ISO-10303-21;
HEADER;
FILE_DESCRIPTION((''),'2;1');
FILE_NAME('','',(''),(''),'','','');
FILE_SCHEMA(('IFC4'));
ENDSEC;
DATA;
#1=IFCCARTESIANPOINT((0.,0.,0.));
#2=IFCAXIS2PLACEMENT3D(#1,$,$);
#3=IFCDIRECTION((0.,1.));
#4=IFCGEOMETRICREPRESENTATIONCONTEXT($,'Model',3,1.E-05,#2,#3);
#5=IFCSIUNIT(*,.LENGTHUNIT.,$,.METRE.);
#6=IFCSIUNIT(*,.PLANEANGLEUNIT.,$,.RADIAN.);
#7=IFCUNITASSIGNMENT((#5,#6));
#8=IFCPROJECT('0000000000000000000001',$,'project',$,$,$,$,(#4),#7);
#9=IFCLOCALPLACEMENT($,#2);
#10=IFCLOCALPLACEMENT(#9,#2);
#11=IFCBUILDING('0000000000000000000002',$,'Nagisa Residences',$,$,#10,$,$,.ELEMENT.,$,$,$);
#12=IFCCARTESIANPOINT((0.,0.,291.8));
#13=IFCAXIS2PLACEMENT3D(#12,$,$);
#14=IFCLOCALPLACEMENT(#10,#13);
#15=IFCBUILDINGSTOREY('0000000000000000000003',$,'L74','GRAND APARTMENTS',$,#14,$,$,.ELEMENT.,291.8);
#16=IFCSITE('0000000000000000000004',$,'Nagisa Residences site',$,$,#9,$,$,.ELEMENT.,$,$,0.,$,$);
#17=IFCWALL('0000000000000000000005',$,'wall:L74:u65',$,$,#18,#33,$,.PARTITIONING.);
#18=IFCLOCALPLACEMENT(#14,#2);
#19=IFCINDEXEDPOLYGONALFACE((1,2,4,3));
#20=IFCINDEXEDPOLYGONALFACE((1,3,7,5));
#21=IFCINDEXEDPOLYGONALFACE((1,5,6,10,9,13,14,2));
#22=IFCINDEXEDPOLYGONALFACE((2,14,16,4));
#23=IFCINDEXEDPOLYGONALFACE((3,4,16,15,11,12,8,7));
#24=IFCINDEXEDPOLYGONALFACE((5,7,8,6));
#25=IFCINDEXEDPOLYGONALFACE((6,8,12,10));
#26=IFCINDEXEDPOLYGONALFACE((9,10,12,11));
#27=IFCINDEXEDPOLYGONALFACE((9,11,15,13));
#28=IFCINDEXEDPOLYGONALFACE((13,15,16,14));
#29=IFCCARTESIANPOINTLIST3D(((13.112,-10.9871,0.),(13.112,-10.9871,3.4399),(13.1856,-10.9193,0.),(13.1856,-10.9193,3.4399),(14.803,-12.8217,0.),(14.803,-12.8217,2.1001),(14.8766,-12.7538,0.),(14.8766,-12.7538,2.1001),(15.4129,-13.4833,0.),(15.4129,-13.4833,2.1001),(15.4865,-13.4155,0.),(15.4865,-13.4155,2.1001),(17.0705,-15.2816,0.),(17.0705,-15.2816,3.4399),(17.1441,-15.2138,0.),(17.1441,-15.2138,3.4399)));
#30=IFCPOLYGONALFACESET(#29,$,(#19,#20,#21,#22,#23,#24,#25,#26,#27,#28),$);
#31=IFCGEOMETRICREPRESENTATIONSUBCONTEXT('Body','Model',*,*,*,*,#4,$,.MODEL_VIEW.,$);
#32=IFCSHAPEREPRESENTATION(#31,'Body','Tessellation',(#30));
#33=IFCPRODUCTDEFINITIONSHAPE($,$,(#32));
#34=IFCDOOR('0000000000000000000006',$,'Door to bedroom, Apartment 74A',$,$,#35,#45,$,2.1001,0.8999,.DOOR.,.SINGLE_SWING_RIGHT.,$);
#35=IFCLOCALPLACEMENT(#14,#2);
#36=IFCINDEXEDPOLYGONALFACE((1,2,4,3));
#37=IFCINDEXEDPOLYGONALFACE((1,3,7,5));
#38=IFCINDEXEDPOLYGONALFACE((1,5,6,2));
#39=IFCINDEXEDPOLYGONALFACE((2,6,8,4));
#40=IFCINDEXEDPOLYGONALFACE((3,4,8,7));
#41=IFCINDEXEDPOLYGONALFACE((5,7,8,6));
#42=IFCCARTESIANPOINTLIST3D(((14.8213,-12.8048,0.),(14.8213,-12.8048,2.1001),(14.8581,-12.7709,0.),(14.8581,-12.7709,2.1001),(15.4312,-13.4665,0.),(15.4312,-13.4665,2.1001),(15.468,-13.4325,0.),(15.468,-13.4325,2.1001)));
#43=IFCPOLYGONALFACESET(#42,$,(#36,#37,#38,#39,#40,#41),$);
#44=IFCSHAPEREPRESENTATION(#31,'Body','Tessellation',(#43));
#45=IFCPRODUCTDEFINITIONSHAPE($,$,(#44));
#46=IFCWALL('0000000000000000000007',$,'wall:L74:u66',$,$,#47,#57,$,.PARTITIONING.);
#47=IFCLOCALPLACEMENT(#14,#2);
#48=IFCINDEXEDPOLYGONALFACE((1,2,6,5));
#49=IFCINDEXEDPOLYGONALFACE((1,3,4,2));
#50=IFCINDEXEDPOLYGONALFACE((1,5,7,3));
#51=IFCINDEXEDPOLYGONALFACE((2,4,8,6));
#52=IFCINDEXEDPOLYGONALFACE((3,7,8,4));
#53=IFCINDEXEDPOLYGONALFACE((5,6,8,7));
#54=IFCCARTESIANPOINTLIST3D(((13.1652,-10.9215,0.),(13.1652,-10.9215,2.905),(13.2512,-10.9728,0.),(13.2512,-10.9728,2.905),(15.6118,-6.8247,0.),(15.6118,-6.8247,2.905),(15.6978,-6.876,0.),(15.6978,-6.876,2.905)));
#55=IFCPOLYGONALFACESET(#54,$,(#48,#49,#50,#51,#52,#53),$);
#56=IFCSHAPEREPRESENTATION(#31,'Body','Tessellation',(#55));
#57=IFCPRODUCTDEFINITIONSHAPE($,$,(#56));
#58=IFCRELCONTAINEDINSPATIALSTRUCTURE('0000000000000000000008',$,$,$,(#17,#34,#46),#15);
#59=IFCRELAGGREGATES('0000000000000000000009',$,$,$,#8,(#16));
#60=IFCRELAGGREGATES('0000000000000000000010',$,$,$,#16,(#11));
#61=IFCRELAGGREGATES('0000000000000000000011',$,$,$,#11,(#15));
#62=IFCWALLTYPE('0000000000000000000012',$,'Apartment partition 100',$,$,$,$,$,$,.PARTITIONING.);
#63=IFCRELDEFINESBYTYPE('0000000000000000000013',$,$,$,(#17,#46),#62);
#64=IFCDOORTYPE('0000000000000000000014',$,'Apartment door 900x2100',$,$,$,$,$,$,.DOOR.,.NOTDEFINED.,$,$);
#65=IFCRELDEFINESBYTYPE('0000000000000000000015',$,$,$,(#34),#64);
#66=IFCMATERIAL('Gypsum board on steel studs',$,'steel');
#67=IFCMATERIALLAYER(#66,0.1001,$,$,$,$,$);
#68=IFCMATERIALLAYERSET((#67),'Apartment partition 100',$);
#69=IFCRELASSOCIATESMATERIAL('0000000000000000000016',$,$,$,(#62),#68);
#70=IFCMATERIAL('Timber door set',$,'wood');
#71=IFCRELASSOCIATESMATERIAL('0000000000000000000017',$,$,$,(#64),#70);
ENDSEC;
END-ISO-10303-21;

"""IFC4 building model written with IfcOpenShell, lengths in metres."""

from ifc_helpers import new_model, si_unit, direction, frame, frame_2d, origin, place, context, subcontext, project, spatial, rectangle, extrude, material, layer, layer_set, type_object, element, fill, save


model = new_model("IFC4")

# Units and contexts
model_context = context("Model", 3, precision=1e-05, world=origin(), true_north=direction((0.0, 1.0)))
body_context = subcontext(model_context, "Body", "Model", "MODEL_VIEW")
ifc_project = project(units=[si_unit("LENGTHUNIT", "METRE"), si_unit("PLANEANGLEUNIT", "RADIAN")], contexts=[model_context])

# Site, building, storey
site_placement = place(None, origin())
site = spatial("IfcSite", under=ifc_project, at=site_placement, Name="Nagisa Residences site", CompositionType="ELEMENT", RefElevation=0.0)
building_placement = place(site_placement, origin())
building = spatial("IfcBuilding", under=site, at=building_placement, Name="Nagisa Residences", CompositionType="ELEMENT")
storey_placement = place(building_placement, frame((0.0, 0.0, 291.8)))
storey = spatial("IfcBuildingStorey", under=building, at=storey_placement, Name="L74", Description="GRAND APARTMENTS", CompositionType="ELEMENT", Elevation=291.8)

# Shared definitions
ifc_material_1 = material(Name="Gypsum board on steel studs", Category="steel")
ifc_layer_1 = layer(ifc_material_1, 0.1001)
ifc_layer_set_1 = layer_set([ifc_layer_1], Name="Apartment partition 100")
wall_type_1 = type_object("IfcWallType", Name="Apartment partition 100", PredefinedType="PARTITIONING", material=ifc_layer_set_1)
ifc_material_2 = material(Name="Timber door set", Category="wood")
door_type_1 = type_object("IfcDoorType", Name="Apartment door 900x2100", OperationType="NOTDEFINED", PredefinedType="DOOR", material=ifc_material_2)

# Wall, opening, door
wall_1_placement = place(storey_placement, frame((13.1487, -10.9531, 0.0), z_axis=(0.0, 0.0, 1.0), x_axis=(0.677763, -0.735281, 0.0)))
wall_1 = element("IfcWall", 1, at=wall_1_placement, inside=storey, type_object=wall_type_1, Name="wall:L74:u65", PredefinedType="PARTITIONING", context=body_context, shape_type="SweptSolid", body=[
    extrude(rectangle(XDim=5.8406, YDim=0.1001, at=frame_2d((2.9204, 0.0))), origin(), (0.0, 0.0, 1.0), 3.4399),
])
opening_1_placement = place(wall_1_placement, frame((2.4951, 0.0, 0.0)))
opening_1 = element("IfcOpeningElement", 2, at=opening_1_placement, cuts=wall_1, PredefinedType="OPENING", context=body_context, shape_type="SweptSolid", body=[
    extrude(rectangle(XDim=0.8999, YDim=2.1001, at=frame_2d((0.45, 1.05))), frame((0.0, 0.0601, 0.0), z_axis=(0.0, -1.0, 0.0), x_axis=(1.0, 0.0, 0.0)), (0.0, 0.0, 1.0), 0.1201),
])
door_1_placement = place(opening_1_placement, origin())
door_1 = element("IfcDoor", 3, at=door_1_placement, inside=storey, type_object=door_type_1, Name="Door to bedroom, Apartment 74A", OperationType="SINGLE_SWING_RIGHT", OverallHeight=2.1001, OverallWidth=0.8999, PredefinedType="DOOR", context=body_context, shape_type="SweptSolid", body=[
    extrude(rectangle(XDim=0.8999, YDim=2.1001, at=frame_2d((0.45, 1.05))), frame((0.0, 0.0249, 0.0), z_axis=(0.0, -1.0, 0.0), x_axis=(1.0, 0.0, 0.0)), (0.0, 0.0, 1.0), 0.05),
])
fill(opening_1, door_1)

# Wall
wall_2_placement = place(storey_placement, frame((13.2083, -10.947, 0.0), z_axis=(0.0, 0.0, 1.0), x_axis=(0.512726, 0.858552, 0.0)))
element("IfcWall", 4, at=wall_2_placement, inside=storey, type_object=wall_type_1, Name="wall:L74:u66", PredefinedType="PARTITIONING", context=body_context, shape_type="SweptSolid", body=[
    extrude(rectangle(XDim=4.7717, YDim=0.1001, at=frame_2d((2.3857, 0.0))), origin(), (0.0, 0.0, 1.0), 2.905),
])

save(model, "model.ifc")
